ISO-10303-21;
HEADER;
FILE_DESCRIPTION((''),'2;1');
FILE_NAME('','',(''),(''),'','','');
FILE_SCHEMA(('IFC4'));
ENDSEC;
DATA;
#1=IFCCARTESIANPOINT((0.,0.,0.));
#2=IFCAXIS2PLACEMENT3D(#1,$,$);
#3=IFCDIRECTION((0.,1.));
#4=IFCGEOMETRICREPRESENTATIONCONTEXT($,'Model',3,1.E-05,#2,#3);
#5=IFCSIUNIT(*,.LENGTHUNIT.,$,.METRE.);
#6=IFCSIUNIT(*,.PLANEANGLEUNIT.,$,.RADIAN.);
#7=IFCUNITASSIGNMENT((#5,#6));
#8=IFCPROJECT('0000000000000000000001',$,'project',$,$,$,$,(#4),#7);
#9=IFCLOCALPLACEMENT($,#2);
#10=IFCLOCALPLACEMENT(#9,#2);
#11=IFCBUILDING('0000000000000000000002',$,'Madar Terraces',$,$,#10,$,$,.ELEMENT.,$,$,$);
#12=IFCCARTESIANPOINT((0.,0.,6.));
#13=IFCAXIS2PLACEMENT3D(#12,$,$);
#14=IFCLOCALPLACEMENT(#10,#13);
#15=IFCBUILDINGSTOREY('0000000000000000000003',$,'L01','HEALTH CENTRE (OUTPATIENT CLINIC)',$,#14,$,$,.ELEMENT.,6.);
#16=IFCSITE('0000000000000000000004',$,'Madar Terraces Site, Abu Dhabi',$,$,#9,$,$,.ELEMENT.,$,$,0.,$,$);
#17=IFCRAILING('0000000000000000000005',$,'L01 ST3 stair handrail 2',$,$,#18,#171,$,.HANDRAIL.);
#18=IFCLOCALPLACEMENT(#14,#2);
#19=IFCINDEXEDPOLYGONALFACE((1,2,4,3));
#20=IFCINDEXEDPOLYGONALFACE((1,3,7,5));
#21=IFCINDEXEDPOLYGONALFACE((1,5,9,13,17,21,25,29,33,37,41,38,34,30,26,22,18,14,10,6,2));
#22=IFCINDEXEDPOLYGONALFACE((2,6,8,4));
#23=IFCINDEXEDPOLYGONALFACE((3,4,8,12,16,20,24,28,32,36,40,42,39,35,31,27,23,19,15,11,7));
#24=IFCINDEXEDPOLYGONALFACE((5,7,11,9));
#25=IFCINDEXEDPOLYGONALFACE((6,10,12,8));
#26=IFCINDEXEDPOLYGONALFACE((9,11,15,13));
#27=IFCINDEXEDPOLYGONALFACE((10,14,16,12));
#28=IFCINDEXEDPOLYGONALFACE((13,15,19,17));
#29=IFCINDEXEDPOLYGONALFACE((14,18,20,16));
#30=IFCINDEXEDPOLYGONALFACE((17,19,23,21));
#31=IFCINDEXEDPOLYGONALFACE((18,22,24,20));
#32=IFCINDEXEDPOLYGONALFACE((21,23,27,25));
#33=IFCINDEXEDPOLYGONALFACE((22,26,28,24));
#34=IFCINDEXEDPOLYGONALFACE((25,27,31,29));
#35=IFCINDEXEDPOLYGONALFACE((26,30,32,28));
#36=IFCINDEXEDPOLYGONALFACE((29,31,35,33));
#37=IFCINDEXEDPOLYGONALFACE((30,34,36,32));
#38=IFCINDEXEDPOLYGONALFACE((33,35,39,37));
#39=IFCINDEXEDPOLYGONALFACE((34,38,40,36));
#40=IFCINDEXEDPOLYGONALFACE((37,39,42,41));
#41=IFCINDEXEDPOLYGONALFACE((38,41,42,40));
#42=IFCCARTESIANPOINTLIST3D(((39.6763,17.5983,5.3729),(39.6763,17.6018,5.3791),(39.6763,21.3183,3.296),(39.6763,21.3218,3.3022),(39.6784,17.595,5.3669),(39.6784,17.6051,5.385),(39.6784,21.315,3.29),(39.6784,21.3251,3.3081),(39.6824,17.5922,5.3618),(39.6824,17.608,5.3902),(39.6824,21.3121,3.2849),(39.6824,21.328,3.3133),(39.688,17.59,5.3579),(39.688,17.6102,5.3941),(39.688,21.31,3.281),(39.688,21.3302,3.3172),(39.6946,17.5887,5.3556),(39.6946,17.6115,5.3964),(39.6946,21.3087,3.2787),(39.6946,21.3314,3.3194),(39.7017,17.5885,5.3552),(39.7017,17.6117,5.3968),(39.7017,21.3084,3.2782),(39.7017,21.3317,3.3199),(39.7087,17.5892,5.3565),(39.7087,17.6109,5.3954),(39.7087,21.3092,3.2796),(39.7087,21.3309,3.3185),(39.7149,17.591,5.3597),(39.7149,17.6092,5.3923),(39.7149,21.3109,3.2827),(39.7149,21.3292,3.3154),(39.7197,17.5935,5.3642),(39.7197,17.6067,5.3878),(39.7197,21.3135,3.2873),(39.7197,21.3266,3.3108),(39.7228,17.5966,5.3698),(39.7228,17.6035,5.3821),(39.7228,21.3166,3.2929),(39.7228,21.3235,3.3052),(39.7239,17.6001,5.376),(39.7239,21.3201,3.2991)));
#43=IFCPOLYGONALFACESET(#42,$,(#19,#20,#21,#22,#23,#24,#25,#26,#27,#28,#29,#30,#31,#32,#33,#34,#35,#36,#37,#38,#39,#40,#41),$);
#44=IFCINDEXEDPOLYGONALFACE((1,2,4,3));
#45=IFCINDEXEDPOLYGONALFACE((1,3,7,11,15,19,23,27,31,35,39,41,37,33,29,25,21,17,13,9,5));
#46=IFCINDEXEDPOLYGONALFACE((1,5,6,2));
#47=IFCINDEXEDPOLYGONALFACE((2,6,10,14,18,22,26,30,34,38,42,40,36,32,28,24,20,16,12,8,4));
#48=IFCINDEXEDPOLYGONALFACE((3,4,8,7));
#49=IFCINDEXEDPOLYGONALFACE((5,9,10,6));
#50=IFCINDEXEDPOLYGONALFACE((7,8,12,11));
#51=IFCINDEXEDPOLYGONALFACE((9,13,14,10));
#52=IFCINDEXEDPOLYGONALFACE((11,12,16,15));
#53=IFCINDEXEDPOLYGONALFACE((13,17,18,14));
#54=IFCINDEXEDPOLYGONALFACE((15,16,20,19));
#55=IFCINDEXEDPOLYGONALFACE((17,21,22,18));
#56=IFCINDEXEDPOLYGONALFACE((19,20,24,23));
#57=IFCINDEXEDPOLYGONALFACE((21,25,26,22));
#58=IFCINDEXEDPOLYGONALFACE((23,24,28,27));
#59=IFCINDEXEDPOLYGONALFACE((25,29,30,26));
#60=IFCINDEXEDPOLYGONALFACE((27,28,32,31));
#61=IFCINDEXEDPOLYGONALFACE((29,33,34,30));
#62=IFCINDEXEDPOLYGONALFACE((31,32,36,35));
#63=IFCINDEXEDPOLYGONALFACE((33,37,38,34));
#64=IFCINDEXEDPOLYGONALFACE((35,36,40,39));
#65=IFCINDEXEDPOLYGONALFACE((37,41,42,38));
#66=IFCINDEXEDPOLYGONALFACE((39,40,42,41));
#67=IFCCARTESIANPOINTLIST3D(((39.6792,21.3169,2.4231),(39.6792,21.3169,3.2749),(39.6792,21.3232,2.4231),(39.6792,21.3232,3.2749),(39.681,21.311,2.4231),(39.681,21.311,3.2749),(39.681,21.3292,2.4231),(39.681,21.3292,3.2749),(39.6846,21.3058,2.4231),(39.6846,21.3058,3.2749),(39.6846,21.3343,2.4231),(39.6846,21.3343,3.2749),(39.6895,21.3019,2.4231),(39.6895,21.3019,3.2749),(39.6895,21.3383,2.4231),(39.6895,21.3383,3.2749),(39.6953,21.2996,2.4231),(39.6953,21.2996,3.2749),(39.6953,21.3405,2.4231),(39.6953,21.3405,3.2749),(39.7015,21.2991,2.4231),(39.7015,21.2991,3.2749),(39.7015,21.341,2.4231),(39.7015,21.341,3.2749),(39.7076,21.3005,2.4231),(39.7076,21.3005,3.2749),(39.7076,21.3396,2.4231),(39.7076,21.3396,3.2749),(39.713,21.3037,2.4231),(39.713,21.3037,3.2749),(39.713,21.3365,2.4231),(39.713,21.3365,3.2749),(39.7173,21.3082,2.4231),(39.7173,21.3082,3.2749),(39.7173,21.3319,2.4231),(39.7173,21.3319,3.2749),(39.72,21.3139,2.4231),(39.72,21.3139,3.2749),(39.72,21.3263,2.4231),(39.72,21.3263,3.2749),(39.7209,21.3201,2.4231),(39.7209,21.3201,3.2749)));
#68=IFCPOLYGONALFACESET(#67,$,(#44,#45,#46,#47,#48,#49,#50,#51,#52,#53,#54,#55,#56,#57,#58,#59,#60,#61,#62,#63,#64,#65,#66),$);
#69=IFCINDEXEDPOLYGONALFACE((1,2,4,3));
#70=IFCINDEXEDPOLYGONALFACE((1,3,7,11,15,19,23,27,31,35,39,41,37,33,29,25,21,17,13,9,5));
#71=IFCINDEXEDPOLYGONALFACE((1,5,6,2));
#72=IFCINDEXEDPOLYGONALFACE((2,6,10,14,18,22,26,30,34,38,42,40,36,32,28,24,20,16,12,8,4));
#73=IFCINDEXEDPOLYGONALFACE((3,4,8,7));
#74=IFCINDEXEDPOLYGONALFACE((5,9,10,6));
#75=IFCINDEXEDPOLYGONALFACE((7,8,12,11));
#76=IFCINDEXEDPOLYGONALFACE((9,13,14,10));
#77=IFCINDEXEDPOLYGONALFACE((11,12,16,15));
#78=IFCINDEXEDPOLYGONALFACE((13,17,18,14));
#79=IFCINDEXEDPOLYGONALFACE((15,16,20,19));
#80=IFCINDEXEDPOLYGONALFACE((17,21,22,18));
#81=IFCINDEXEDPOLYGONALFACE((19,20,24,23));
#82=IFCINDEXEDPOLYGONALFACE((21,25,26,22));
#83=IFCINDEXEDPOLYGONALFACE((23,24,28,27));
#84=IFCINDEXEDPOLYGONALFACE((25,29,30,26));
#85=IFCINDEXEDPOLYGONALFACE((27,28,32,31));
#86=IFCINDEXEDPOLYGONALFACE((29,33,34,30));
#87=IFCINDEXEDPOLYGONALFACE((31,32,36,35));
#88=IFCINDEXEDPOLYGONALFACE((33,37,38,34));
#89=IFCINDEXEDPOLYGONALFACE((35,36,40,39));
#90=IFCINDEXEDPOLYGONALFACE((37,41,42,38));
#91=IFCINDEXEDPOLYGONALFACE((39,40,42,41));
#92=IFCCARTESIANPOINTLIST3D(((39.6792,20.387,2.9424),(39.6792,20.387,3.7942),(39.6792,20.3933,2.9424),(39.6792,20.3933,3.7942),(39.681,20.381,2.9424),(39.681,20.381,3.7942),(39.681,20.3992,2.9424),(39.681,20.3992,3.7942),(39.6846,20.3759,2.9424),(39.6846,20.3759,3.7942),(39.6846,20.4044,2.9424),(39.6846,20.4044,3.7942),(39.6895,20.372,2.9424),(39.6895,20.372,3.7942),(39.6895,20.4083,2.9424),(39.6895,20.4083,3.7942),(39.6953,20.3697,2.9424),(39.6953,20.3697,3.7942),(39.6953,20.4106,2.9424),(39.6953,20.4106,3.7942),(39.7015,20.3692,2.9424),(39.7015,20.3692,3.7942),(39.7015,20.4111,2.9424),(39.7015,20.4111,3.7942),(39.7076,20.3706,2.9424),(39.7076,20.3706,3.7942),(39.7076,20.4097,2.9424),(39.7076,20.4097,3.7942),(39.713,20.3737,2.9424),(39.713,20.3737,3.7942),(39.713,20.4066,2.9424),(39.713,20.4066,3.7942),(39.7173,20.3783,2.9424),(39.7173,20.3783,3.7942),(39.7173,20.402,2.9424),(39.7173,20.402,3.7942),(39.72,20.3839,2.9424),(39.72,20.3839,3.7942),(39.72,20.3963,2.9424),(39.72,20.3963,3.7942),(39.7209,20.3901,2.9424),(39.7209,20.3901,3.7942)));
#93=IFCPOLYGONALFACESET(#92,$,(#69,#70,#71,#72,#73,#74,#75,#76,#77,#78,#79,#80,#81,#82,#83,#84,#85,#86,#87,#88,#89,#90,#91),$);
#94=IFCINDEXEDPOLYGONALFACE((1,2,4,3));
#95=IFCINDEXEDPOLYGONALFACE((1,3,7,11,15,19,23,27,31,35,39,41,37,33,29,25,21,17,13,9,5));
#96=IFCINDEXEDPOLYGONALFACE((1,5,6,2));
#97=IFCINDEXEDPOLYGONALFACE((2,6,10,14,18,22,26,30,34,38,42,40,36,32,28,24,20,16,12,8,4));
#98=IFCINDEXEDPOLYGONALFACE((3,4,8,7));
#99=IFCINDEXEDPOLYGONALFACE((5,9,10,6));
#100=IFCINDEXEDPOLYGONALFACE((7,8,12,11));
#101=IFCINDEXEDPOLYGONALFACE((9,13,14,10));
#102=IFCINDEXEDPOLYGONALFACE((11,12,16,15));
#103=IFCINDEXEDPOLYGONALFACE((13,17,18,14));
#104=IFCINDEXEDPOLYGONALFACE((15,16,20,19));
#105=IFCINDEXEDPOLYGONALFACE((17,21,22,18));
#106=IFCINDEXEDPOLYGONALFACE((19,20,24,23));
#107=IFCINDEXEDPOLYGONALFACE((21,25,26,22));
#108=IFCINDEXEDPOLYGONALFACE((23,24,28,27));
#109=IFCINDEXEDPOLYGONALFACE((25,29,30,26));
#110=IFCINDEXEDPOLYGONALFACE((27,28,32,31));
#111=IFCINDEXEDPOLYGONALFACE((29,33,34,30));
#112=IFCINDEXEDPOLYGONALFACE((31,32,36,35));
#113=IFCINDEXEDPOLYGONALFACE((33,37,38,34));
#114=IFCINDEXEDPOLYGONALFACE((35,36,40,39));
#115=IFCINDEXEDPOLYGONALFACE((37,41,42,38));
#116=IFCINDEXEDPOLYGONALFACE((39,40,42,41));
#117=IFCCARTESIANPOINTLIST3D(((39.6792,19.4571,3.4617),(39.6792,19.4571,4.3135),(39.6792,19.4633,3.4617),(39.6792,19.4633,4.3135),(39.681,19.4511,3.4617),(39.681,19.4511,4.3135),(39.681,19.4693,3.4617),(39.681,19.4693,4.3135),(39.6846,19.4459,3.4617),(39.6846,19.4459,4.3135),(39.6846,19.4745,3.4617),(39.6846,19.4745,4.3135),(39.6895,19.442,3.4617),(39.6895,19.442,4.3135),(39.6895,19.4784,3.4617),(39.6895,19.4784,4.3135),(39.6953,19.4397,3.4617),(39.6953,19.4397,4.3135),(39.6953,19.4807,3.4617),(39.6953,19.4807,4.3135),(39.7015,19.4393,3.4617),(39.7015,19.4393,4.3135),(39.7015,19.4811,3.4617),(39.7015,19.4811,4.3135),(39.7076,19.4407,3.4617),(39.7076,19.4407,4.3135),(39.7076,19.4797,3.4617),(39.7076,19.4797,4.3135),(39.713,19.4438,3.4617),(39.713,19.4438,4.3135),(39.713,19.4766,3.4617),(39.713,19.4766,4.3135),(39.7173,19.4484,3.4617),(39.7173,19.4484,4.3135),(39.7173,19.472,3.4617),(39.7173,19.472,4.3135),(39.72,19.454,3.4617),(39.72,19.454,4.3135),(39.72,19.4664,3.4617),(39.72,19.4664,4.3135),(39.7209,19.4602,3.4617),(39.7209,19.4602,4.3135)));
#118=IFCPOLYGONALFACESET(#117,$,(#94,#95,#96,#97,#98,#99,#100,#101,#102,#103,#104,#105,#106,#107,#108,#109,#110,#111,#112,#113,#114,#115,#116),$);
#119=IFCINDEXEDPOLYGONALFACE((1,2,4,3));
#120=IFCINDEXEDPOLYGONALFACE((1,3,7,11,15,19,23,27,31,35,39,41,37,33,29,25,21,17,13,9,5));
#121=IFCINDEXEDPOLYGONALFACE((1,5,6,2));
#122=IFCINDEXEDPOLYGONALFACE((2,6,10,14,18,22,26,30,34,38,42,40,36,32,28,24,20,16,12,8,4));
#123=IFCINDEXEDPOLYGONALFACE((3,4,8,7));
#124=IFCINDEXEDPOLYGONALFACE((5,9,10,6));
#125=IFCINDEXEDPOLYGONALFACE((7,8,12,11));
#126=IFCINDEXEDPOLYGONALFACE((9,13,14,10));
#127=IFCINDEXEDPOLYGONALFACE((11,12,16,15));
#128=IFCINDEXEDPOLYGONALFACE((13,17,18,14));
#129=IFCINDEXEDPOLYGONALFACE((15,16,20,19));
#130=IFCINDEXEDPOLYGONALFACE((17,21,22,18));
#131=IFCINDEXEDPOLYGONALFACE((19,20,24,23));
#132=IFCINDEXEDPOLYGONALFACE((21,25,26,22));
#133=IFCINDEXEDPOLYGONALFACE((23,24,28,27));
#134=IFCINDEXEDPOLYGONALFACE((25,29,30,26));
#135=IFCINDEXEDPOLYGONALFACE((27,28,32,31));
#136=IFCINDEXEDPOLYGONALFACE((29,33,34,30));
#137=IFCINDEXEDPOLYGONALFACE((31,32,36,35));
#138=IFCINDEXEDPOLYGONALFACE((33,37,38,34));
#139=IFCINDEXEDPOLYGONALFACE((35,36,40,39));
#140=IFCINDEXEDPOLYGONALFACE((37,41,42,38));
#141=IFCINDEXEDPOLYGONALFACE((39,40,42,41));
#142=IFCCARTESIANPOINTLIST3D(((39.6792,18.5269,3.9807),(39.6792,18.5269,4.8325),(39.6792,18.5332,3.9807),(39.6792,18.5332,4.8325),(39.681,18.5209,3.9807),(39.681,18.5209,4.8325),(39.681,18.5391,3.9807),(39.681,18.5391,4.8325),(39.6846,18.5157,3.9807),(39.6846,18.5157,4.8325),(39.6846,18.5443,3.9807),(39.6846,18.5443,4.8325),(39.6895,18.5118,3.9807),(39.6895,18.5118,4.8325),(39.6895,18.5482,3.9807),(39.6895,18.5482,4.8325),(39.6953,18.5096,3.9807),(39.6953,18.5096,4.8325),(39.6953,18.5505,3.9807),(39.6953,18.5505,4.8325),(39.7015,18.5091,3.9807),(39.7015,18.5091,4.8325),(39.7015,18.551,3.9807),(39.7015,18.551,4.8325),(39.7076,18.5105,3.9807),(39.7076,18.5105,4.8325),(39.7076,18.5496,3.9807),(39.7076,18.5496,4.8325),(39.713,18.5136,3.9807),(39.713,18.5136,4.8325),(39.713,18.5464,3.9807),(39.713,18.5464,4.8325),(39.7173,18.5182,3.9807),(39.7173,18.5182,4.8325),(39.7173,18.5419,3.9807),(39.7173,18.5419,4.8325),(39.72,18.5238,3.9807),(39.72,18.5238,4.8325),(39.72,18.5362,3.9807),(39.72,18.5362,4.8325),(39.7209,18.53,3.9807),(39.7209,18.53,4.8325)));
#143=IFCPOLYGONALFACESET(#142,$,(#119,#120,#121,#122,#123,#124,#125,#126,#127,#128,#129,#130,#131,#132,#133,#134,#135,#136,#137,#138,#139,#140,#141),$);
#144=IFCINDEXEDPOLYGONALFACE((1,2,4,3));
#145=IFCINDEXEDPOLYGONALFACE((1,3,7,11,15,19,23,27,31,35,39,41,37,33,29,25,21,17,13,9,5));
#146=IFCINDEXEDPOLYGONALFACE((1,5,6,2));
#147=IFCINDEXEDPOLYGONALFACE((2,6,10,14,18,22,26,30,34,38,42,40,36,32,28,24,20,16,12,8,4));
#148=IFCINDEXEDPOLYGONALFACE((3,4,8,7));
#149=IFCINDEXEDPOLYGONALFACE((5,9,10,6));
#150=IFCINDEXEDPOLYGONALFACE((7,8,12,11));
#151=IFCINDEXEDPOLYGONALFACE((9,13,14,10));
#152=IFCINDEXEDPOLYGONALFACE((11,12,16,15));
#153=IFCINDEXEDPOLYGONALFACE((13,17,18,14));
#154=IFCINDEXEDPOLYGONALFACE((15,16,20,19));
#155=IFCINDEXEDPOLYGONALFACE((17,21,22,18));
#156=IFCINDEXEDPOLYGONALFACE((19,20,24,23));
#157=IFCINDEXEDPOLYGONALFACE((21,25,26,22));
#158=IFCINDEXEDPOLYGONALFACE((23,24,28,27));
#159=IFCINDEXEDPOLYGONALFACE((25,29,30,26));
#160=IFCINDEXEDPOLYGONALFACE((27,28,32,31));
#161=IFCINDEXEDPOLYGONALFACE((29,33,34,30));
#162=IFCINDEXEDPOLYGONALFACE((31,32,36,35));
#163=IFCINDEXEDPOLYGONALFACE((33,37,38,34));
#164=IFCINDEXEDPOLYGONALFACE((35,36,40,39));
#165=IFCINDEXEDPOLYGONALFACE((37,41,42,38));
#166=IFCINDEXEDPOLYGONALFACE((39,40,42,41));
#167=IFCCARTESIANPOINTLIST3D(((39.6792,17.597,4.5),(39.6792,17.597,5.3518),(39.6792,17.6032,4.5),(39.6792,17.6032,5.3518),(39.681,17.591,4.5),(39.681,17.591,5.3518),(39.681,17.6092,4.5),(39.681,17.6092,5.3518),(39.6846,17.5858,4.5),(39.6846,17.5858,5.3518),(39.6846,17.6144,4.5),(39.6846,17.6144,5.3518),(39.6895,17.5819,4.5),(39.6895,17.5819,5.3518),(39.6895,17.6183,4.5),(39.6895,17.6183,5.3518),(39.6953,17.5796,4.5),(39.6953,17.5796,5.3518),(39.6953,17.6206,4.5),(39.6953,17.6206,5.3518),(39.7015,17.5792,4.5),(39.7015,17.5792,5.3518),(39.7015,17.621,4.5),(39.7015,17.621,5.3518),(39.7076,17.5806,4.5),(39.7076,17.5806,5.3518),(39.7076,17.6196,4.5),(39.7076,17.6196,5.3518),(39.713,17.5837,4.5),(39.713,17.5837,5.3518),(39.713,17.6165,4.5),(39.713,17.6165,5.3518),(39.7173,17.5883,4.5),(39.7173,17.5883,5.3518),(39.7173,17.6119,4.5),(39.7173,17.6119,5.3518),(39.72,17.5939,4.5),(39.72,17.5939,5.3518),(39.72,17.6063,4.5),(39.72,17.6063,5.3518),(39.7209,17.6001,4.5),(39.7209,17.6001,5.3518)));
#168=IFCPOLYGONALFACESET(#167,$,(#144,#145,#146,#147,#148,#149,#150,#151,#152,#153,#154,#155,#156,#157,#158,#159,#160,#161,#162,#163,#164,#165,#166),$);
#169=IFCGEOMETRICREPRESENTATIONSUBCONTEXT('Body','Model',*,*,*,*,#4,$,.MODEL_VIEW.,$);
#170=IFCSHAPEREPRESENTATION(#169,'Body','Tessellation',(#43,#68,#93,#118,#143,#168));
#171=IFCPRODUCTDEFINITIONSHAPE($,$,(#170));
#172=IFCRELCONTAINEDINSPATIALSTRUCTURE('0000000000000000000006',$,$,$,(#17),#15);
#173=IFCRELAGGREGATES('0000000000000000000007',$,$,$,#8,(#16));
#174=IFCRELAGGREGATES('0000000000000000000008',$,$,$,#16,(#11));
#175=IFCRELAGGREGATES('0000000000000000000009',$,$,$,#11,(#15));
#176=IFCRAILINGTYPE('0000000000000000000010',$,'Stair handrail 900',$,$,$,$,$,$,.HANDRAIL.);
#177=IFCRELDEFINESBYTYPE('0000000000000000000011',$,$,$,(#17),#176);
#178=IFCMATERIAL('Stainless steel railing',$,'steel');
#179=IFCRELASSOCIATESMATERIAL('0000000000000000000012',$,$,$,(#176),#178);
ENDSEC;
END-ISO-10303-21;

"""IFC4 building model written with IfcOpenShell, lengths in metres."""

from ifc_helpers import new_model, si_unit, direction, frame, origin, origin_2d, place, context, subcontext, project, spatial, circle, extrude, material, type_object, element, save


model = new_model("IFC4")

# Units and contexts
model_context = context("Model", 3, precision=1e-05, world=origin(), true_north=direction((0.0, 1.0)))
body_context = subcontext(model_context, "Body", "Model", "MODEL_VIEW")
ifc_project = project(units=[si_unit("LENGTHUNIT", "METRE"), si_unit("PLANEANGLEUNIT", "RADIAN")], contexts=[model_context])

# Site, building, storey
site_placement = place(None, origin())
site = spatial("IfcSite", under=ifc_project, at=site_placement, Name="Madar Terraces Site, Abu Dhabi", CompositionType="ELEMENT", RefElevation=0.0)
building_placement = place(site_placement, origin())
building = spatial("IfcBuilding", under=site, at=building_placement, Name="Madar Terraces", CompositionType="ELEMENT")
storey_placement = place(building_placement, frame((0.0, 0.0, 6.0)))
storey = spatial("IfcBuildingStorey", under=building, at=storey_placement, Name="L01", Description="HEALTH CENTRE (OUTPATIENT CLINIC)", CompositionType="ELEMENT", Elevation=6.0)

# Railing
ifc_material_1 = material(Name="Stainless steel railing", Category="steel")
railing_type_1 = type_object("IfcRailingType", Name="Stair handrail 900", PredefinedType="HANDRAIL", material=ifc_material_1)
railing_1_placement = place(storey_placement, frame((39.7, 21.3201, 2.4231)))
element("IfcRailing", 1, at=railing_1_placement, inside=storey, type_object=railing_type_1, Name="L01 ST3 stair handrail 2", PredefinedType="HANDRAIL", context=body_context, shape_type="SweptSolid", body=[
    extrude(circle(Radius=0.0239, at=origin_2d()), frame((0.0, 0.0, 0.876), z_axis=(0.0, -0.873134, 0.487481), x_axis=(1.0, 0.0, 0.0)), (0.0, 0.0, 1.0), 4.2605),
    extrude(circle(Radius=0.021, at=origin_2d()), origin(), (0.0, 0.0, 1.0), 0.8518),
    extrude(circle(Radius=0.021, at=origin_2d()), frame((0.0, -0.9299, 0.5193)), (0.0, 0.0, 1.0), 0.8518),
    extrude(circle(Radius=0.021, at=origin_2d()), frame((0.0, -1.8599, 1.0386)), (0.0, 0.0, 1.0), 0.8518),
    extrude(circle(Radius=0.021, at=origin_2d()), frame((0.0, -2.79, 1.5576)), (0.0, 0.0, 1.0), 0.8518),
    extrude(circle(Radius=0.021, at=origin_2d()), frame((0.0, -3.72, 2.0769)), (0.0, 0.0, 1.0), 0.8518),
])

save(model, "model.ifc")
